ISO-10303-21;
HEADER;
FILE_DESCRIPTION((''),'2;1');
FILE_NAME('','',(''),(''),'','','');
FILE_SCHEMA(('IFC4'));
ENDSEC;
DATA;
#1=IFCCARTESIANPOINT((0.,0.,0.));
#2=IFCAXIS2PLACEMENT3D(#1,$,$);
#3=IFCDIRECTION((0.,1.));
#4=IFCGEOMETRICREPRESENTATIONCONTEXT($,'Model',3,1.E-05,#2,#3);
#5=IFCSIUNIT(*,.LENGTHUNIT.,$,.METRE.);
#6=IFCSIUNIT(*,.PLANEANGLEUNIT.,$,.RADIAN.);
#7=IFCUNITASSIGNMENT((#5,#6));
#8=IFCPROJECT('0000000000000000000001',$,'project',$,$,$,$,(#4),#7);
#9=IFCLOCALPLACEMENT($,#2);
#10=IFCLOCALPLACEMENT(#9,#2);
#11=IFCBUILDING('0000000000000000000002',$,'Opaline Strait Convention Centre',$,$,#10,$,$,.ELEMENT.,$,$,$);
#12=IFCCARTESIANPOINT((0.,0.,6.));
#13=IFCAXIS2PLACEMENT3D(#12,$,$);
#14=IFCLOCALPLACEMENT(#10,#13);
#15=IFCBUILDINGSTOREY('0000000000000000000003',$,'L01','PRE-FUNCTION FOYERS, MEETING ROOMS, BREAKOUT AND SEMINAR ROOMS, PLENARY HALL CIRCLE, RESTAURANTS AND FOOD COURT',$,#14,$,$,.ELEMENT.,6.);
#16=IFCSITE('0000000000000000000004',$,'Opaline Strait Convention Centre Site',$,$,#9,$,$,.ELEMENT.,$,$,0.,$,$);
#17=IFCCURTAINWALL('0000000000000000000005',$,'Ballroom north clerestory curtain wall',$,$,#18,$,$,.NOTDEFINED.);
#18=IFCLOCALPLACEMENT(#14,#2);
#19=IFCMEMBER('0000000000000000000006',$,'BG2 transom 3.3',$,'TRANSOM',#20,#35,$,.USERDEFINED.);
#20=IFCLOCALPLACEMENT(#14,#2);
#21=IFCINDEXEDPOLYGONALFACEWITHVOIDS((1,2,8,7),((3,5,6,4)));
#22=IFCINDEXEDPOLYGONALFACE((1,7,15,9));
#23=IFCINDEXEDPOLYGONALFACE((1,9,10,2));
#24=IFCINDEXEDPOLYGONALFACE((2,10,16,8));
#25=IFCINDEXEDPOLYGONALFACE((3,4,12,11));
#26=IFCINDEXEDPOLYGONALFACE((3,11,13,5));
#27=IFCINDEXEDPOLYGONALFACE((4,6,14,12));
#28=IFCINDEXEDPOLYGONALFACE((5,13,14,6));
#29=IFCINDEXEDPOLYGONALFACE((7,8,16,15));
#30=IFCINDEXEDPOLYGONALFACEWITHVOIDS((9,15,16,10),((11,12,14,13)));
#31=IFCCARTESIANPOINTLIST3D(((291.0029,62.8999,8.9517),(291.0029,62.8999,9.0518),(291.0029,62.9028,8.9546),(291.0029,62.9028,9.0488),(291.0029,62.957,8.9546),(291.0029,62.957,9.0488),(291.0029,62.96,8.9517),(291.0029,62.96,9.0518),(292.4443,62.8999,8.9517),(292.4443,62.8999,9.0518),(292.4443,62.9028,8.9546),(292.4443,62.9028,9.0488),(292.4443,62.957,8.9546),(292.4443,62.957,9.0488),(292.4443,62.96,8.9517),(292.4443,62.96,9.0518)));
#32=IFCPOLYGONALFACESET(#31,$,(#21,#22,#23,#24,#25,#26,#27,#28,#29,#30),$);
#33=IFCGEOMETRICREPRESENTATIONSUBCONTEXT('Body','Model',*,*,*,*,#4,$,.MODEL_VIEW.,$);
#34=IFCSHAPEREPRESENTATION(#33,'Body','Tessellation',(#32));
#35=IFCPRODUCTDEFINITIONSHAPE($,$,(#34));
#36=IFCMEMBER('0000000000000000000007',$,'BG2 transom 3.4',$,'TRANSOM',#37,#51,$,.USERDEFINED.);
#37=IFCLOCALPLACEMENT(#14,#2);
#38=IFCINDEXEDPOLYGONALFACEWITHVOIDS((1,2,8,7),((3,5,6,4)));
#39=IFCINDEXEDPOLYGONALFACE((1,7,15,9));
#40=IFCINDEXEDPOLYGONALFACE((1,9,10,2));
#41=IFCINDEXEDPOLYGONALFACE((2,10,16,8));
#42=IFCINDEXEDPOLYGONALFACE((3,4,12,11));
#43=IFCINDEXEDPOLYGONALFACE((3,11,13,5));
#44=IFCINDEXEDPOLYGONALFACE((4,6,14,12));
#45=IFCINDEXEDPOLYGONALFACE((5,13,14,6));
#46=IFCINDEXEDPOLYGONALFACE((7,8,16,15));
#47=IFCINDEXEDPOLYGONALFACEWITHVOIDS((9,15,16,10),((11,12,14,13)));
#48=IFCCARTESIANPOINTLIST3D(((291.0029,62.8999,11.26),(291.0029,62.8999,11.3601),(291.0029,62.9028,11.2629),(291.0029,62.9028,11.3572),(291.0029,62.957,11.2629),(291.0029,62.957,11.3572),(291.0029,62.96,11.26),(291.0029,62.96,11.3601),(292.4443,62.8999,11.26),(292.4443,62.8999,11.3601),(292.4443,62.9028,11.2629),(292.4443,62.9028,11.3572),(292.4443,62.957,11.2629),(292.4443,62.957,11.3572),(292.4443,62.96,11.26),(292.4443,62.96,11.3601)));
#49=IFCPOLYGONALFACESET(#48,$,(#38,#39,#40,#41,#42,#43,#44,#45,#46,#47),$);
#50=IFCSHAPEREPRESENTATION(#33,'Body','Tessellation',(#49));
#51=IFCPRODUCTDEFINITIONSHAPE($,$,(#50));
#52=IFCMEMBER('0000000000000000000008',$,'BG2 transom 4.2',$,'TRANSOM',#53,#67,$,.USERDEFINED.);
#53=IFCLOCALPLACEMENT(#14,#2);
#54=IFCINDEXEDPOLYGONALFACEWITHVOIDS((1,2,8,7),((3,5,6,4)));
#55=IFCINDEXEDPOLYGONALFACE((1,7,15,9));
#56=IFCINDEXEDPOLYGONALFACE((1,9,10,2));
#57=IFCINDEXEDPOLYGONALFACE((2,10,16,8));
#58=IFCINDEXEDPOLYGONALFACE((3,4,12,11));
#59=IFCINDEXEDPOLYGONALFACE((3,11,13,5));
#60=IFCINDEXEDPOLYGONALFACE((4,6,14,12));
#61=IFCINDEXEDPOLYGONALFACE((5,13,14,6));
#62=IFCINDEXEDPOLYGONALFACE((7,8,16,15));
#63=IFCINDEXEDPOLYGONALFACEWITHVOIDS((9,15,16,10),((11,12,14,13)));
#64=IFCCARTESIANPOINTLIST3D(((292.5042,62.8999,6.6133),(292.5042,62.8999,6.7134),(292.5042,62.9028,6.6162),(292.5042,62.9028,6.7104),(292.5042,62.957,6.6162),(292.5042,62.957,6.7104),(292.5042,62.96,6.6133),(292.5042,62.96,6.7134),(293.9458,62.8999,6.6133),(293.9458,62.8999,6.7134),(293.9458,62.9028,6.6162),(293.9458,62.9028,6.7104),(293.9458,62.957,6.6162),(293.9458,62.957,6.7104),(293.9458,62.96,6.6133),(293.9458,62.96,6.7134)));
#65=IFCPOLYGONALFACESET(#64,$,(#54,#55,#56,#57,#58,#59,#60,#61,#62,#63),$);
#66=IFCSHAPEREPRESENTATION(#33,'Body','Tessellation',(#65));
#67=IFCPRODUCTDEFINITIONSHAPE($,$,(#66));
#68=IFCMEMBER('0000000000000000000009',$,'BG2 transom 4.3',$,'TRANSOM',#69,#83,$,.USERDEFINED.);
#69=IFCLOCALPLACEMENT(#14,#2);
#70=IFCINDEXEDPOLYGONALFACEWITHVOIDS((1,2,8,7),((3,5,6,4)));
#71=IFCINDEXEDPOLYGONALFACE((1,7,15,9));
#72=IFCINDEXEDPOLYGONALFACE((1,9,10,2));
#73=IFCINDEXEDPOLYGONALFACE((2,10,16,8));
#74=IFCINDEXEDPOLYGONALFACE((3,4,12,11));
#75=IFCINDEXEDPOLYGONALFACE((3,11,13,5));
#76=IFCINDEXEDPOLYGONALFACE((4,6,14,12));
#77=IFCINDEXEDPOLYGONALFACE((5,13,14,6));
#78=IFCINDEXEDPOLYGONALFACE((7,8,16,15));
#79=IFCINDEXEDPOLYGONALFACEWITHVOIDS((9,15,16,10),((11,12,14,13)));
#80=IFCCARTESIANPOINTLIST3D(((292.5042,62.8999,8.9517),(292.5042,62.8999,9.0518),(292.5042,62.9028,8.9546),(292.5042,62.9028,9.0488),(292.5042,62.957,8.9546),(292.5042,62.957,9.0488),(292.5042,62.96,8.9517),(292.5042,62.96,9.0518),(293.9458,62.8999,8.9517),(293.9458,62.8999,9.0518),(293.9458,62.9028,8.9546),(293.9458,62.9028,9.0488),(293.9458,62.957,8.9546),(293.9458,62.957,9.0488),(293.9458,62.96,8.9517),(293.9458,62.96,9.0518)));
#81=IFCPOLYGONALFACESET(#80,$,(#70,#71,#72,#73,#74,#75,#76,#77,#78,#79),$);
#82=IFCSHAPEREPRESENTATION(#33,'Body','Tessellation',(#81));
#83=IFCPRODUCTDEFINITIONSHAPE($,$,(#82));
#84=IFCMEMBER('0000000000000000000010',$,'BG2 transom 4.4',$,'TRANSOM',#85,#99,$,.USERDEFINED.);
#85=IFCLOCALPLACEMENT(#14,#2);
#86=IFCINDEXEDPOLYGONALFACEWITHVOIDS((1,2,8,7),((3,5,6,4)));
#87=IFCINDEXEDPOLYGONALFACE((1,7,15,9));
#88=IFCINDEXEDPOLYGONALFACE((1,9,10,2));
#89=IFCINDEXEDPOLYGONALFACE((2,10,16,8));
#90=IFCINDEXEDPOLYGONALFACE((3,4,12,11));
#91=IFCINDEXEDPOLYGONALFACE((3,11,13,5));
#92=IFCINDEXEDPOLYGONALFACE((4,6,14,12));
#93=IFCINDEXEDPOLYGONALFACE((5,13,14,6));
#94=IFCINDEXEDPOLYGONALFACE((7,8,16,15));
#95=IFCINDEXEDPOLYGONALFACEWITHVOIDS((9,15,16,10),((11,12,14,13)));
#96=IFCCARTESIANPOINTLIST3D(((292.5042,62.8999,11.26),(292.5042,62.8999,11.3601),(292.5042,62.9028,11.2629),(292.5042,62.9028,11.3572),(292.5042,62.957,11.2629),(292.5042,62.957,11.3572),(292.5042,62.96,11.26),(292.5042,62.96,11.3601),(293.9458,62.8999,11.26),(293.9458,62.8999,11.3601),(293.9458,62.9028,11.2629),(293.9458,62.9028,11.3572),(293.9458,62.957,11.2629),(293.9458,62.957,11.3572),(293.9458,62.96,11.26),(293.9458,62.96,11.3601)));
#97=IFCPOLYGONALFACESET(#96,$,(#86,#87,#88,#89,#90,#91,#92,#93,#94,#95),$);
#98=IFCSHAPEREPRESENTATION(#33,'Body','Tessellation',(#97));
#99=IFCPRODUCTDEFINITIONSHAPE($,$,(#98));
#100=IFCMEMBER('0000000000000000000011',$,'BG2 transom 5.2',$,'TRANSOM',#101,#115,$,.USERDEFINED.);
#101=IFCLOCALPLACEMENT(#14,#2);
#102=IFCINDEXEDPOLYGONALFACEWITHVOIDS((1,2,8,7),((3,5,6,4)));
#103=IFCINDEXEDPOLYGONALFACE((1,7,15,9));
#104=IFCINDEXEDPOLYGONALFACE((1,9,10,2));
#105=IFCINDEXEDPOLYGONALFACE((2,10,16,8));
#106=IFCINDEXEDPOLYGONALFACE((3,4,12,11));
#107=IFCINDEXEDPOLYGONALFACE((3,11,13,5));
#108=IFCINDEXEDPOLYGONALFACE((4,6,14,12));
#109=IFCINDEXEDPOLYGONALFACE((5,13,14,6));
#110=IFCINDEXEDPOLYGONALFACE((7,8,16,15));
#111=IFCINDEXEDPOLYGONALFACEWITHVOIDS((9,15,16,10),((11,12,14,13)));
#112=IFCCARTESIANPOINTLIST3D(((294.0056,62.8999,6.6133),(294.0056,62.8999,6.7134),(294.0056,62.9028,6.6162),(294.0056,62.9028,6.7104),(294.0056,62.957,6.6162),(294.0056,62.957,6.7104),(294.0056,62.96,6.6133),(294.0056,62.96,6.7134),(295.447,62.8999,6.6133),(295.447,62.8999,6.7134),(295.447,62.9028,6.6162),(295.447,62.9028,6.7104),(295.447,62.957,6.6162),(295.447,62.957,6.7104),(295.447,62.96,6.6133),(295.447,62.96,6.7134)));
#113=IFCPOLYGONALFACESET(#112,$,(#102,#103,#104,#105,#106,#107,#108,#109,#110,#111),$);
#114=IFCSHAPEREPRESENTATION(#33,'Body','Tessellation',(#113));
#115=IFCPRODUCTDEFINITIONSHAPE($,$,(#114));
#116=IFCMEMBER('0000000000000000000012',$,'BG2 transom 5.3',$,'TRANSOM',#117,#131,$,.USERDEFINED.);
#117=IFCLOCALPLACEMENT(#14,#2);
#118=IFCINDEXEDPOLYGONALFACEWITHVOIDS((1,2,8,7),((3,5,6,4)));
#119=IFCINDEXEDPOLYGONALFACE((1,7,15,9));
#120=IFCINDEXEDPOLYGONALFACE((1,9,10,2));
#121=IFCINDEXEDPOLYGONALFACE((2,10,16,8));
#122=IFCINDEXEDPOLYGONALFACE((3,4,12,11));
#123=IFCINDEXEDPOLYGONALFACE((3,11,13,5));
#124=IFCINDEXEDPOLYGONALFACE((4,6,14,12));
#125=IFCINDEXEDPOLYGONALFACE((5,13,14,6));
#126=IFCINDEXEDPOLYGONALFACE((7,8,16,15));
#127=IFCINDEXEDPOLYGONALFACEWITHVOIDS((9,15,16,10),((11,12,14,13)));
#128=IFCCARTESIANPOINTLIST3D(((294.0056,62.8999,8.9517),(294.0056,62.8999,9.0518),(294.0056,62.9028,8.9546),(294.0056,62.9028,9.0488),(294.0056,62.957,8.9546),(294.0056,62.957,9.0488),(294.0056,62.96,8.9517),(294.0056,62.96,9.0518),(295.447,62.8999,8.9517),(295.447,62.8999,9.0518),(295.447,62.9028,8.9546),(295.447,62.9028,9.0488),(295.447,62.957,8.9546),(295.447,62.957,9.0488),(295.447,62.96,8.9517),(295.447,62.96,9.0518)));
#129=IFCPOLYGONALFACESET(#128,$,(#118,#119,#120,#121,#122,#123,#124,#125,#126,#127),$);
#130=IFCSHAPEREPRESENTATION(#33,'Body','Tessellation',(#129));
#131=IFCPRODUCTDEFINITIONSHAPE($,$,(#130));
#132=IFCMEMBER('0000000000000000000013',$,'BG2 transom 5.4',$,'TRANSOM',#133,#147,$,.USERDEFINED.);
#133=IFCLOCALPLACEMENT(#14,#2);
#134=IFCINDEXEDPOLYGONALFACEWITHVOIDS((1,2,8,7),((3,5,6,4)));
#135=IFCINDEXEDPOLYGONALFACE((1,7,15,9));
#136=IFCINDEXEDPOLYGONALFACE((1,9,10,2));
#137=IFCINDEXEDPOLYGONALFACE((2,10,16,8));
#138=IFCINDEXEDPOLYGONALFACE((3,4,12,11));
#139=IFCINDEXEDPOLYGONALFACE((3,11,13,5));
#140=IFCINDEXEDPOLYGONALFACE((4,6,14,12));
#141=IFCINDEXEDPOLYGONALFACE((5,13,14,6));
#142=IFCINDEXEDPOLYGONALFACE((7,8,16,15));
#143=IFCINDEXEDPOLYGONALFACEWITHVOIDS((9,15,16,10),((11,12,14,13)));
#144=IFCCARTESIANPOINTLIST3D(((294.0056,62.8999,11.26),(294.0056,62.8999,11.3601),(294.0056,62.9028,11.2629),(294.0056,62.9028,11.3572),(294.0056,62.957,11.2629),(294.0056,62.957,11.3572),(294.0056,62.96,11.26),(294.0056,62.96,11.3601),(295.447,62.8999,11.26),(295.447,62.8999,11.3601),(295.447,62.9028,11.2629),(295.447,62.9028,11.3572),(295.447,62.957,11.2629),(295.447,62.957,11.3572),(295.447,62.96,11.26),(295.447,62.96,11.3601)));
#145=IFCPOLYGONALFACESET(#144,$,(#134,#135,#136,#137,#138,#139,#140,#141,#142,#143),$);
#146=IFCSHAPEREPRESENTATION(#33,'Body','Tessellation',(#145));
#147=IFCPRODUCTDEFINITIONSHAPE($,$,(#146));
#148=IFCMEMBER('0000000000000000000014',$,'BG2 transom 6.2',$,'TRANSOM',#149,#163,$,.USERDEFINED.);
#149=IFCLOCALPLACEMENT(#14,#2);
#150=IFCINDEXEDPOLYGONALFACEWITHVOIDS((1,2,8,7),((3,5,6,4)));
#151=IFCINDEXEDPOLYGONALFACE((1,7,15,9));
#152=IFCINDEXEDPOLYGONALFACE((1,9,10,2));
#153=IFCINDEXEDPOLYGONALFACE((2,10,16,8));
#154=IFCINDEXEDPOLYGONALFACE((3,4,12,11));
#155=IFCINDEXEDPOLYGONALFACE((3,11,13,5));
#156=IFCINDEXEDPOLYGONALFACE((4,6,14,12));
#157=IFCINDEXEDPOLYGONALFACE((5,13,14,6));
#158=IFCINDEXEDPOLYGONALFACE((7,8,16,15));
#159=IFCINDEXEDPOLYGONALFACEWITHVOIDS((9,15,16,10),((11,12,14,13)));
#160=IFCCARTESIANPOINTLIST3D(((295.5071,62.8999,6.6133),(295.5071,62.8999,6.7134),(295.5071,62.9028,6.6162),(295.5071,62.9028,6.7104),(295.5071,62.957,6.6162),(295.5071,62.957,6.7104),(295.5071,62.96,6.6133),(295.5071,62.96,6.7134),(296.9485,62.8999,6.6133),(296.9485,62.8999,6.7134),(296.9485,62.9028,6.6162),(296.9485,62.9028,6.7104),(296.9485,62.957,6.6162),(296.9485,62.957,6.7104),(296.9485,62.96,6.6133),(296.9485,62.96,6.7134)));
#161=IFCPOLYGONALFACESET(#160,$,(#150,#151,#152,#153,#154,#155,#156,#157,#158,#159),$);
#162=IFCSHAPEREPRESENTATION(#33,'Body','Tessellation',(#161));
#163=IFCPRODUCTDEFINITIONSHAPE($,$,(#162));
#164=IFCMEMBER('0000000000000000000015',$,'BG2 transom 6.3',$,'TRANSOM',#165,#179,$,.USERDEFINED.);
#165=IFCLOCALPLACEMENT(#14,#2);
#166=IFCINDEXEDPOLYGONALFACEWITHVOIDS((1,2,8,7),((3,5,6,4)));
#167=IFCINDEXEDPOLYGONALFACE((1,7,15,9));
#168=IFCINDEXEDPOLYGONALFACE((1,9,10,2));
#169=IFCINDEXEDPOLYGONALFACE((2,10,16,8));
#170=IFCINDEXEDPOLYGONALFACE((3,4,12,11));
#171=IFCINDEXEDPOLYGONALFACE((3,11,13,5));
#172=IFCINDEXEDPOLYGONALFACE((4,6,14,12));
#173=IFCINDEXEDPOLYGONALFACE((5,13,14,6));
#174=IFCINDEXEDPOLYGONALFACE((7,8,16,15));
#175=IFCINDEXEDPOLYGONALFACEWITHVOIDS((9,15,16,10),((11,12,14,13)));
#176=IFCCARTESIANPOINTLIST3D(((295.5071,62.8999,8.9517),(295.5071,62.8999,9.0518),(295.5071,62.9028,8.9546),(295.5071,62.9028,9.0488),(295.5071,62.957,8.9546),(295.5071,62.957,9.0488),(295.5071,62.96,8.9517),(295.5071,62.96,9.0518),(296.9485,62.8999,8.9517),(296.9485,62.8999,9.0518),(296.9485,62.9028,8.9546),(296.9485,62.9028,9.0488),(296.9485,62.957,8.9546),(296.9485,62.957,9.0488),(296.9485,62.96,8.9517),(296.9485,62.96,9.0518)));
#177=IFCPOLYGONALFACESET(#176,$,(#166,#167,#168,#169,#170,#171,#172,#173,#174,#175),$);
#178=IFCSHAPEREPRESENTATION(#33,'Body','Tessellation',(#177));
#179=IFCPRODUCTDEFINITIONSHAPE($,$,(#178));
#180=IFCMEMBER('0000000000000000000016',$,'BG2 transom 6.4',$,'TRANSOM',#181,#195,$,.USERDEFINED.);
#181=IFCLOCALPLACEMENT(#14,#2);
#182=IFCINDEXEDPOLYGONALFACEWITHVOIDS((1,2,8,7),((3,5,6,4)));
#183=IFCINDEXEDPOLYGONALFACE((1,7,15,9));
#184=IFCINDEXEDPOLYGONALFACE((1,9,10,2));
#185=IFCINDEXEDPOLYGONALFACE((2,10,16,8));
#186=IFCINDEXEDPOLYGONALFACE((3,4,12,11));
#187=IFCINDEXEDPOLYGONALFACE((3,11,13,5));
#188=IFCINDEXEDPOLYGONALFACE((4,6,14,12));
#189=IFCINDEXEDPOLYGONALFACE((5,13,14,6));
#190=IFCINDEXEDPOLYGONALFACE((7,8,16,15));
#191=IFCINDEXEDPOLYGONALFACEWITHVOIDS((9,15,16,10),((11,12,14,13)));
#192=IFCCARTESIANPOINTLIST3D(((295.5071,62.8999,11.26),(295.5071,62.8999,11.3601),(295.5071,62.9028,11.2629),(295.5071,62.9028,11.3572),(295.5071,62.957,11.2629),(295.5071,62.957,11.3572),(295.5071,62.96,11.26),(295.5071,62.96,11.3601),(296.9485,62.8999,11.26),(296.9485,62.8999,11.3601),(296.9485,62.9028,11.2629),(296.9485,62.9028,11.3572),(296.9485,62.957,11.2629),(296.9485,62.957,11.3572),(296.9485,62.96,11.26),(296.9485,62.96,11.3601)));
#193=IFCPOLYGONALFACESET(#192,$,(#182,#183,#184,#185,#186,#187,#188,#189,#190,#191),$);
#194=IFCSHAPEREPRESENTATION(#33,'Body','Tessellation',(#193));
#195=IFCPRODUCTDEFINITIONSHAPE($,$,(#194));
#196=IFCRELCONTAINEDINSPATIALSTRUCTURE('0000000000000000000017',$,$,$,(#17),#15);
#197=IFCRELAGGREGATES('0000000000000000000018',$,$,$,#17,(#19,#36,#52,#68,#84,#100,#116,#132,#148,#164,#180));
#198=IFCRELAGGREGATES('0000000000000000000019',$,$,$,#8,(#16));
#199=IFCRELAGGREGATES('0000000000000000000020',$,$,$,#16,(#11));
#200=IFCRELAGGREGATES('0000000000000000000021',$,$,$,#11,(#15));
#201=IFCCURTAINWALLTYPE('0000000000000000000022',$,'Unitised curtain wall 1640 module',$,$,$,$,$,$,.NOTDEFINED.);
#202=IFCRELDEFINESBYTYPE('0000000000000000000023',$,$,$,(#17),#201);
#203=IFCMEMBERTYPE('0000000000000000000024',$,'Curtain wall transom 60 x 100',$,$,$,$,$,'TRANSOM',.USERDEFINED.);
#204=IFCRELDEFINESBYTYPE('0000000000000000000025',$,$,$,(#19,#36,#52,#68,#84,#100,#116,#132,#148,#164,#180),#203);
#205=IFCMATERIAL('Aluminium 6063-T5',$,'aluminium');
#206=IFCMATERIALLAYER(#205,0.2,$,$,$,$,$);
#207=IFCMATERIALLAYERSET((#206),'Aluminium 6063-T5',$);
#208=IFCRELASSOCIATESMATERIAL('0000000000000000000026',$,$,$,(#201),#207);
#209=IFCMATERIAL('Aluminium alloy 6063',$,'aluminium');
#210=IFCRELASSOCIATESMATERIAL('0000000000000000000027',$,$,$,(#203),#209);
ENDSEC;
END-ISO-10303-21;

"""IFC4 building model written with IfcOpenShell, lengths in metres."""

from ifc_helpers import new_model, si_unit, direction, frame, origin, origin_2d, place, context, subcontext, project, spatial, hollow_rectangle, extrude, material, layer, layer_set, material_profile, profile_set, type_object, element, aggregate, save


model = new_model("IFC4")

# Units and contexts
model_context = context("Model", 3, precision=1e-05, world=origin(), true_north=direction((0.0, 1.0)))
body_context = subcontext(model_context, "Body", "Model", "MODEL_VIEW")
ifc_project = project(units=[si_unit("LENGTHUNIT", "METRE"), si_unit("PLANEANGLEUNIT", "RADIAN")], contexts=[model_context])

# Site, building, storey
site_placement = place(None, origin())
site = spatial("IfcSite", under=ifc_project, at=site_placement, Name="Opaline Strait Convention Centre Site", CompositionType="ELEMENT", RefElevation=0.0)
building_placement = place(site_placement, origin())
building = spatial("IfcBuilding", under=site, at=building_placement, Name="Opaline Strait Convention Centre", CompositionType="ELEMENT")
storey_placement = place(building_placement, frame((0.0, 0.0, 6.0)))
storey = spatial("IfcBuildingStorey", under=building, at=storey_placement, Name="L01", Description="PRE-FUNCTION FOYERS, MEETING ROOMS, BREAKOUT AND SEMINAR ROOMS, PLENARY HALL CIRCLE, RESTAURANTS AND FOOD COURT", CompositionType="ELEMENT", Elevation=6.0)

# Curtain wall, members
ifc_material_1 = material(Name="Aluminium 6063-T5", Category="aluminium")
ifc_layer_1 = layer(ifc_material_1, 0.2)
ifc_layer_set_1 = layer_set([ifc_layer_1], Name="Aluminium 6063-T5")
curtain_wall_type = type_object("IfcCurtainWallType", Name="Unitised curtain wall 1640 module", PredefinedType="NOTDEFINED", material=ifc_layer_set_1)
curtain_wall_placement = place(storey_placement, origin())
curtain_wall = element("IfcCurtainWall", 1, at=curtain_wall_placement, inside=storey, type_object=curtain_wall_type, Name="Ballroom north clerestory curtain wall", PredefinedType="NOTDEFINED")
ifc_material_2 = material(Name="Aluminium alloy 6063", Category="aluminium")
ifc_material_profile_1 = material_profile(ifc_material_2, hollow_rectangle(XDim=0.0601, YDim=0.1001, WallThickness=0.0029, at=origin_2d()), Name="TRANSOM 60x100x3")
ifc_profile_set_1 = profile_set([ifc_material_profile_1], Name="Aluminium alloy 6063")
member_type_1 = type_object("IfcMemberType", Name="Curtain wall transom 60 x 100", ElementType="TRANSOM", PredefinedType="USERDEFINED", material=ifc_profile_set_1)
member_1_placement = place(storey_placement, frame((291.0029, 62.9299, 9.0017), z_axis=(1.0, 0.0, 0.0), x_axis=(0.0, 1.0, 0.0)))
member_1 = element("IfcMember", 2, at=member_1_placement, type_object=member_type_1, Name="BG2 transom 3.3", ObjectType="TRANSOM", PredefinedType="USERDEFINED", context=body_context, shape_type="SweptSolid", body=[
    extrude(hollow_rectangle(XDim=0.0601, YDim=0.1001, WallThickness=0.0029, at=origin_2d()), origin(), (0.0, 0.0, 1.0), 1.4414),
])
member_2_placement = place(storey_placement, frame((291.0029, 62.9299, 11.3101), z_axis=(1.0, 0.0, 0.0), x_axis=(0.0, 1.0, 0.0)))
member_2 = element("IfcMember", 3, at=member_2_placement, type_object=member_type_1, Name="BG2 transom 3.4", ObjectType="TRANSOM", PredefinedType="USERDEFINED", context=body_context, shape_type="SweptSolid", body=[
    extrude(hollow_rectangle(XDim=0.0601, YDim=0.1001, WallThickness=0.0029, at=origin_2d()), origin(), (0.0, 0.0, 1.0), 1.4414),
])
member_3_placement = place(storey_placement, frame((292.5042, 62.9299, 6.6633), z_axis=(1.0, 0.0, 0.0), x_axis=(0.0, 1.0, 0.0)))
member_3 = element("IfcMember", 4, at=member_3_placement, type_object=member_type_1, Name="BG2 transom 4.2", ObjectType="TRANSOM", PredefinedType="USERDEFINED", context=body_context, shape_type="SweptSolid", body=[
    extrude(hollow_rectangle(XDim=0.0601, YDim=0.1001, WallThickness=0.0029, at=origin_2d()), origin(), (0.0, 0.0, 1.0), 1.4417),
])
member_4_placement = place(storey_placement, frame((292.5042, 62.9299, 9.0017), z_axis=(1.0, 0.0, 0.0), x_axis=(0.0, 1.0, 0.0)))
member_4 = element("IfcMember", 5, at=member_4_placement, type_object=member_type_1, Name="BG2 transom 4.3", ObjectType="TRANSOM", PredefinedType="USERDEFINED", context=body_context, shape_type="SweptSolid", body=[
    extrude(hollow_rectangle(XDim=0.0601, YDim=0.1001, WallThickness=0.0029, at=origin_2d()), origin(), (0.0, 0.0, 1.0), 1.4417),
])
member_5_placement = place(storey_placement, frame((292.5042, 62.9299, 11.3101), z_axis=(1.0, 0.0, 0.0), x_axis=(0.0, 1.0, 0.0)))
member_5 = element("IfcMember", 6, at=member_5_placement, type_object=member_type_1, Name="BG2 transom 4.4", ObjectType="TRANSOM", PredefinedType="USERDEFINED", context=body_context, shape_type="SweptSolid", body=[
    extrude(hollow_rectangle(XDim=0.0601, YDim=0.1001, WallThickness=0.0029, at=origin_2d()), origin(), (0.0, 0.0, 1.0), 1.4417),
])
member_6_placement = place(storey_placement, frame((294.0056, 62.9299, 6.6633), z_axis=(1.0, 0.0, 0.0), x_axis=(0.0, 1.0, 0.0)))
member_6 = element("IfcMember", 7, at=member_6_placement, type_object=member_type_1, Name="BG2 transom 5.2", ObjectType="TRANSOM", PredefinedType="USERDEFINED", context=body_context, shape_type="SweptSolid", body=[
    extrude(hollow_rectangle(XDim=0.0601, YDim=0.1001, WallThickness=0.0029, at=origin_2d()), origin(), (0.0, 0.0, 1.0), 1.4414),
])
member_7_placement = place(storey_placement, frame((294.0056, 62.9299, 9.0017), z_axis=(1.0, 0.0, 0.0), x_axis=(0.0, 1.0, 0.0)))
member_7 = element("IfcMember", 8, at=member_7_placement, type_object=member_type_1, Name="BG2 transom 5.3", ObjectType="TRANSOM", PredefinedType="USERDEFINED", context=body_context, shape_type="SweptSolid", body=[
    extrude(hollow_rectangle(XDim=0.0601, YDim=0.1001, WallThickness=0.0029, at=origin_2d()), origin(), (0.0, 0.0, 1.0), 1.4414),
])
member_8_placement = place(storey_placement, frame((294.0056, 62.9299, 11.3101), z_axis=(1.0, 0.0, 0.0), x_axis=(0.0, 1.0, 0.0)))
member_8 = element("IfcMember", 9, at=member_8_placement, type_object=member_type_1, Name="BG2 transom 5.4", ObjectType="TRANSOM", PredefinedType="USERDEFINED", context=body_context, shape_type="SweptSolid", body=[
    extrude(hollow_rectangle(XDim=0.0601, YDim=0.1001, WallThickness=0.0029, at=origin_2d()), origin(), (0.0, 0.0, 1.0), 1.4414),
])
member_9_placement = place(storey_placement, frame((295.5071, 62.9299, 6.6633), z_axis=(1.0, 0.0, 0.0), x_axis=(0.0, 1.0, 0.0)))
member_9 = element("IfcMember", 10, at=member_9_placement, type_object=member_type_1, Name="BG2 transom 6.2", ObjectType="TRANSOM", PredefinedType="USERDEFINED", context=body_context, shape_type="SweptSolid", body=[
    extrude(hollow_rectangle(XDim=0.0601, YDim=0.1001, WallThickness=0.0029, at=origin_2d()), origin(), (0.0, 0.0, 1.0), 1.4414),
])
member_10_placement = place(storey_placement, frame((295.5071, 62.9299, 9.0017), z_axis=(1.0, 0.0, 0.0), x_axis=(0.0, 1.0, 0.0)))
member_10 = element("IfcMember", 11, at=member_10_placement, type_object=member_type_1, Name="BG2 transom 6.3", ObjectType="TRANSOM", PredefinedType="USERDEFINED", context=body_context, shape_type="SweptSolid", body=[
    extrude(hollow_rectangle(XDim=0.0601, YDim=0.1001, WallThickness=0.0029, at=origin_2d()), origin(), (0.0, 0.0, 1.0), 1.4414),
])
member_11_placement = place(storey_placement, frame((295.5071, 62.9299, 11.3101), z_axis=(1.0, 0.0, 0.0), x_axis=(0.0, 1.0, 0.0)))
member_11 = element("IfcMember", 12, at=member_11_placement, type_object=member_type_1, Name="BG2 transom 6.4", ObjectType="TRANSOM", PredefinedType="USERDEFINED", context=body_context, shape_type="SweptSolid", body=[
    extrude(hollow_rectangle(XDim=0.0601, YDim=0.1001, WallThickness=0.0029, at=origin_2d()), origin(), (0.0, 0.0, 1.0), 1.4414),
])

aggregate(curtain_wall, [member_1, member_2, member_3, member_4, member_5, member_6, member_7, member_8, member_9, member_10, member_11])

save(model, "model.ifc")
